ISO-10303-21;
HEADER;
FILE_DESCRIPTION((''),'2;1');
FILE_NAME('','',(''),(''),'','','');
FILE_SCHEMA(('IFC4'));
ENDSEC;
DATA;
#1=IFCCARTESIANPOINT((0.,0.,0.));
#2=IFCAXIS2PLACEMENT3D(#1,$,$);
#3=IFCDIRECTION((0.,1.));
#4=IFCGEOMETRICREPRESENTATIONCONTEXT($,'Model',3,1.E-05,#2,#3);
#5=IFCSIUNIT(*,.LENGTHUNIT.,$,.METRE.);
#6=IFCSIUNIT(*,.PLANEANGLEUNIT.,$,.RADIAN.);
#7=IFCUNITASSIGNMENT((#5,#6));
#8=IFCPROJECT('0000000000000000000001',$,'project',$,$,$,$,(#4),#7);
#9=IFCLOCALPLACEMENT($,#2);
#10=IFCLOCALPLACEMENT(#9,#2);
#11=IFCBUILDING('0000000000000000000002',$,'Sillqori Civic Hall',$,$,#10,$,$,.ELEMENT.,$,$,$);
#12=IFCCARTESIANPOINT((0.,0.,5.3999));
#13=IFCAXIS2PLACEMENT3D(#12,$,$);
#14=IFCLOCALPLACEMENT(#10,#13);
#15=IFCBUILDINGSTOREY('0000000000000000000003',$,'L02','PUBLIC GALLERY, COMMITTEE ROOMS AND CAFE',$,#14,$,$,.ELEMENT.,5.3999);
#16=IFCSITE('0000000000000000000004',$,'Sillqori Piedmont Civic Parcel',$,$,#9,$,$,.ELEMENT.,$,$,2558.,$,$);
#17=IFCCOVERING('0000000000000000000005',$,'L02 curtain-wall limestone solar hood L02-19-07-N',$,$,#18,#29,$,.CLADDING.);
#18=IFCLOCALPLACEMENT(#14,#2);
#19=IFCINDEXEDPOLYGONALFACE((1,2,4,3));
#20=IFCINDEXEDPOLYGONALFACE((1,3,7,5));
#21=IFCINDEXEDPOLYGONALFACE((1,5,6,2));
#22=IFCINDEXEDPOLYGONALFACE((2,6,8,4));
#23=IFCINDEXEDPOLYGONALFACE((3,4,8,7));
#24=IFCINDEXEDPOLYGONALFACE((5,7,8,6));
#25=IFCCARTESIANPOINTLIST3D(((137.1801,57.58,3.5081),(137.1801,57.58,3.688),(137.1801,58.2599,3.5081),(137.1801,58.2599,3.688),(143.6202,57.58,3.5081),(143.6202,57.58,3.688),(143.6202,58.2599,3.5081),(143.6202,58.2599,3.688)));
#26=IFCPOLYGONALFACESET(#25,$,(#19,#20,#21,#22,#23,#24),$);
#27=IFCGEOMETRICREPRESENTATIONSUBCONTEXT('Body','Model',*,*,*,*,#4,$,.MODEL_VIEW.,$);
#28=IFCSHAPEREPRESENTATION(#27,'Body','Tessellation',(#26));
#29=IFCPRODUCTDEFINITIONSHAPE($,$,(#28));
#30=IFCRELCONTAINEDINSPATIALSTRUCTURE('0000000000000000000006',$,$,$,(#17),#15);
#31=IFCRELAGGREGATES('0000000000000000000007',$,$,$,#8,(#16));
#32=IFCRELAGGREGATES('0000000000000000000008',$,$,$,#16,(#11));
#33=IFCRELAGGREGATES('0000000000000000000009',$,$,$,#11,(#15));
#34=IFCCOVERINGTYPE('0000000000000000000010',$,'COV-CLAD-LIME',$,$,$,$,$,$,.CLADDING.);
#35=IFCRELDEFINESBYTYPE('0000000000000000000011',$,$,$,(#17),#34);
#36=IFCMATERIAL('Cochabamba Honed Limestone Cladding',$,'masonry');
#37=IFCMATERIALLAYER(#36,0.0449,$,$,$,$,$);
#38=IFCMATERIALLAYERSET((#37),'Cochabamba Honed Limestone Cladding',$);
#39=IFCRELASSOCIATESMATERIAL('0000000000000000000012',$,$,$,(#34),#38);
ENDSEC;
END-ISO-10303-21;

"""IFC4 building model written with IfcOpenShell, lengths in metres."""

from ifc_helpers import new_model, si_unit, direction, frame, frame_2d, origin, place, context, subcontext, project, spatial, rectangle, extrude, material, layer, layer_set, type_object, element, save


model = new_model("IFC4")

# Units and contexts
model_context = context("Model", 3, precision=1e-05, world=origin(), true_north=direction((0.0, 1.0)))
body_context = subcontext(model_context, "Body", "Model", "MODEL_VIEW")
ifc_project = project(units=[si_unit("LENGTHUNIT", "METRE"), si_unit("PLANEANGLEUNIT", "RADIAN")], contexts=[model_context])

# Site, building, storey
site_placement = place(None, origin())
site = spatial("IfcSite", under=ifc_project, at=site_placement, Name="Sillqori Piedmont Civic Parcel", CompositionType="ELEMENT", RefElevation=2558.0)
building_placement = place(site_placement, origin())
building = spatial("IfcBuilding", under=site, at=building_placement, Name="Sillqori Civic Hall", CompositionType="ELEMENT")
storey_placement = place(building_placement, frame((0.0, 0.0, 5.3999)))
storey = spatial("IfcBuildingStorey", under=building, at=storey_placement, Name="L02", Description="PUBLIC GALLERY, COMMITTEE ROOMS AND CAFE", CompositionType="ELEMENT", Elevation=5.3999)

# Covering
ifc_material_1 = material(Name="Cochabamba Honed Limestone Cladding", Category="masonry")
ifc_layer_1 = layer(ifc_material_1, 0.0449)
ifc_layer_set_1 = layer_set([ifc_layer_1], Name="Cochabamba Honed Limestone Cladding")
covering_type = type_object("IfcCoveringType", Name="COV-CLAD-LIME", PredefinedType="CLADDING", material=ifc_layer_set_1)
covering_1_placement = place(storey_placement, frame((137.1799, 57.9199, 3.5081), z_axis=(0.0, 0.0, 1.0), x_axis=(1.0, 0.0, 0.0)))
element("IfcCovering", 1, at=covering_1_placement, inside=storey, type_object=covering_type, Name="L02 curtain-wall limestone solar hood L02-19-07-N", PredefinedType="CLADDING", context=body_context, shape_type="SweptSolid", body=[
    extrude(rectangle(XDim=6.4402, YDim=0.6799, at=frame_2d((3.2202, 0.0))), origin(), (0.0, 0.0, 1.0), 0.1799),
])

save(model, "model.ifc")
